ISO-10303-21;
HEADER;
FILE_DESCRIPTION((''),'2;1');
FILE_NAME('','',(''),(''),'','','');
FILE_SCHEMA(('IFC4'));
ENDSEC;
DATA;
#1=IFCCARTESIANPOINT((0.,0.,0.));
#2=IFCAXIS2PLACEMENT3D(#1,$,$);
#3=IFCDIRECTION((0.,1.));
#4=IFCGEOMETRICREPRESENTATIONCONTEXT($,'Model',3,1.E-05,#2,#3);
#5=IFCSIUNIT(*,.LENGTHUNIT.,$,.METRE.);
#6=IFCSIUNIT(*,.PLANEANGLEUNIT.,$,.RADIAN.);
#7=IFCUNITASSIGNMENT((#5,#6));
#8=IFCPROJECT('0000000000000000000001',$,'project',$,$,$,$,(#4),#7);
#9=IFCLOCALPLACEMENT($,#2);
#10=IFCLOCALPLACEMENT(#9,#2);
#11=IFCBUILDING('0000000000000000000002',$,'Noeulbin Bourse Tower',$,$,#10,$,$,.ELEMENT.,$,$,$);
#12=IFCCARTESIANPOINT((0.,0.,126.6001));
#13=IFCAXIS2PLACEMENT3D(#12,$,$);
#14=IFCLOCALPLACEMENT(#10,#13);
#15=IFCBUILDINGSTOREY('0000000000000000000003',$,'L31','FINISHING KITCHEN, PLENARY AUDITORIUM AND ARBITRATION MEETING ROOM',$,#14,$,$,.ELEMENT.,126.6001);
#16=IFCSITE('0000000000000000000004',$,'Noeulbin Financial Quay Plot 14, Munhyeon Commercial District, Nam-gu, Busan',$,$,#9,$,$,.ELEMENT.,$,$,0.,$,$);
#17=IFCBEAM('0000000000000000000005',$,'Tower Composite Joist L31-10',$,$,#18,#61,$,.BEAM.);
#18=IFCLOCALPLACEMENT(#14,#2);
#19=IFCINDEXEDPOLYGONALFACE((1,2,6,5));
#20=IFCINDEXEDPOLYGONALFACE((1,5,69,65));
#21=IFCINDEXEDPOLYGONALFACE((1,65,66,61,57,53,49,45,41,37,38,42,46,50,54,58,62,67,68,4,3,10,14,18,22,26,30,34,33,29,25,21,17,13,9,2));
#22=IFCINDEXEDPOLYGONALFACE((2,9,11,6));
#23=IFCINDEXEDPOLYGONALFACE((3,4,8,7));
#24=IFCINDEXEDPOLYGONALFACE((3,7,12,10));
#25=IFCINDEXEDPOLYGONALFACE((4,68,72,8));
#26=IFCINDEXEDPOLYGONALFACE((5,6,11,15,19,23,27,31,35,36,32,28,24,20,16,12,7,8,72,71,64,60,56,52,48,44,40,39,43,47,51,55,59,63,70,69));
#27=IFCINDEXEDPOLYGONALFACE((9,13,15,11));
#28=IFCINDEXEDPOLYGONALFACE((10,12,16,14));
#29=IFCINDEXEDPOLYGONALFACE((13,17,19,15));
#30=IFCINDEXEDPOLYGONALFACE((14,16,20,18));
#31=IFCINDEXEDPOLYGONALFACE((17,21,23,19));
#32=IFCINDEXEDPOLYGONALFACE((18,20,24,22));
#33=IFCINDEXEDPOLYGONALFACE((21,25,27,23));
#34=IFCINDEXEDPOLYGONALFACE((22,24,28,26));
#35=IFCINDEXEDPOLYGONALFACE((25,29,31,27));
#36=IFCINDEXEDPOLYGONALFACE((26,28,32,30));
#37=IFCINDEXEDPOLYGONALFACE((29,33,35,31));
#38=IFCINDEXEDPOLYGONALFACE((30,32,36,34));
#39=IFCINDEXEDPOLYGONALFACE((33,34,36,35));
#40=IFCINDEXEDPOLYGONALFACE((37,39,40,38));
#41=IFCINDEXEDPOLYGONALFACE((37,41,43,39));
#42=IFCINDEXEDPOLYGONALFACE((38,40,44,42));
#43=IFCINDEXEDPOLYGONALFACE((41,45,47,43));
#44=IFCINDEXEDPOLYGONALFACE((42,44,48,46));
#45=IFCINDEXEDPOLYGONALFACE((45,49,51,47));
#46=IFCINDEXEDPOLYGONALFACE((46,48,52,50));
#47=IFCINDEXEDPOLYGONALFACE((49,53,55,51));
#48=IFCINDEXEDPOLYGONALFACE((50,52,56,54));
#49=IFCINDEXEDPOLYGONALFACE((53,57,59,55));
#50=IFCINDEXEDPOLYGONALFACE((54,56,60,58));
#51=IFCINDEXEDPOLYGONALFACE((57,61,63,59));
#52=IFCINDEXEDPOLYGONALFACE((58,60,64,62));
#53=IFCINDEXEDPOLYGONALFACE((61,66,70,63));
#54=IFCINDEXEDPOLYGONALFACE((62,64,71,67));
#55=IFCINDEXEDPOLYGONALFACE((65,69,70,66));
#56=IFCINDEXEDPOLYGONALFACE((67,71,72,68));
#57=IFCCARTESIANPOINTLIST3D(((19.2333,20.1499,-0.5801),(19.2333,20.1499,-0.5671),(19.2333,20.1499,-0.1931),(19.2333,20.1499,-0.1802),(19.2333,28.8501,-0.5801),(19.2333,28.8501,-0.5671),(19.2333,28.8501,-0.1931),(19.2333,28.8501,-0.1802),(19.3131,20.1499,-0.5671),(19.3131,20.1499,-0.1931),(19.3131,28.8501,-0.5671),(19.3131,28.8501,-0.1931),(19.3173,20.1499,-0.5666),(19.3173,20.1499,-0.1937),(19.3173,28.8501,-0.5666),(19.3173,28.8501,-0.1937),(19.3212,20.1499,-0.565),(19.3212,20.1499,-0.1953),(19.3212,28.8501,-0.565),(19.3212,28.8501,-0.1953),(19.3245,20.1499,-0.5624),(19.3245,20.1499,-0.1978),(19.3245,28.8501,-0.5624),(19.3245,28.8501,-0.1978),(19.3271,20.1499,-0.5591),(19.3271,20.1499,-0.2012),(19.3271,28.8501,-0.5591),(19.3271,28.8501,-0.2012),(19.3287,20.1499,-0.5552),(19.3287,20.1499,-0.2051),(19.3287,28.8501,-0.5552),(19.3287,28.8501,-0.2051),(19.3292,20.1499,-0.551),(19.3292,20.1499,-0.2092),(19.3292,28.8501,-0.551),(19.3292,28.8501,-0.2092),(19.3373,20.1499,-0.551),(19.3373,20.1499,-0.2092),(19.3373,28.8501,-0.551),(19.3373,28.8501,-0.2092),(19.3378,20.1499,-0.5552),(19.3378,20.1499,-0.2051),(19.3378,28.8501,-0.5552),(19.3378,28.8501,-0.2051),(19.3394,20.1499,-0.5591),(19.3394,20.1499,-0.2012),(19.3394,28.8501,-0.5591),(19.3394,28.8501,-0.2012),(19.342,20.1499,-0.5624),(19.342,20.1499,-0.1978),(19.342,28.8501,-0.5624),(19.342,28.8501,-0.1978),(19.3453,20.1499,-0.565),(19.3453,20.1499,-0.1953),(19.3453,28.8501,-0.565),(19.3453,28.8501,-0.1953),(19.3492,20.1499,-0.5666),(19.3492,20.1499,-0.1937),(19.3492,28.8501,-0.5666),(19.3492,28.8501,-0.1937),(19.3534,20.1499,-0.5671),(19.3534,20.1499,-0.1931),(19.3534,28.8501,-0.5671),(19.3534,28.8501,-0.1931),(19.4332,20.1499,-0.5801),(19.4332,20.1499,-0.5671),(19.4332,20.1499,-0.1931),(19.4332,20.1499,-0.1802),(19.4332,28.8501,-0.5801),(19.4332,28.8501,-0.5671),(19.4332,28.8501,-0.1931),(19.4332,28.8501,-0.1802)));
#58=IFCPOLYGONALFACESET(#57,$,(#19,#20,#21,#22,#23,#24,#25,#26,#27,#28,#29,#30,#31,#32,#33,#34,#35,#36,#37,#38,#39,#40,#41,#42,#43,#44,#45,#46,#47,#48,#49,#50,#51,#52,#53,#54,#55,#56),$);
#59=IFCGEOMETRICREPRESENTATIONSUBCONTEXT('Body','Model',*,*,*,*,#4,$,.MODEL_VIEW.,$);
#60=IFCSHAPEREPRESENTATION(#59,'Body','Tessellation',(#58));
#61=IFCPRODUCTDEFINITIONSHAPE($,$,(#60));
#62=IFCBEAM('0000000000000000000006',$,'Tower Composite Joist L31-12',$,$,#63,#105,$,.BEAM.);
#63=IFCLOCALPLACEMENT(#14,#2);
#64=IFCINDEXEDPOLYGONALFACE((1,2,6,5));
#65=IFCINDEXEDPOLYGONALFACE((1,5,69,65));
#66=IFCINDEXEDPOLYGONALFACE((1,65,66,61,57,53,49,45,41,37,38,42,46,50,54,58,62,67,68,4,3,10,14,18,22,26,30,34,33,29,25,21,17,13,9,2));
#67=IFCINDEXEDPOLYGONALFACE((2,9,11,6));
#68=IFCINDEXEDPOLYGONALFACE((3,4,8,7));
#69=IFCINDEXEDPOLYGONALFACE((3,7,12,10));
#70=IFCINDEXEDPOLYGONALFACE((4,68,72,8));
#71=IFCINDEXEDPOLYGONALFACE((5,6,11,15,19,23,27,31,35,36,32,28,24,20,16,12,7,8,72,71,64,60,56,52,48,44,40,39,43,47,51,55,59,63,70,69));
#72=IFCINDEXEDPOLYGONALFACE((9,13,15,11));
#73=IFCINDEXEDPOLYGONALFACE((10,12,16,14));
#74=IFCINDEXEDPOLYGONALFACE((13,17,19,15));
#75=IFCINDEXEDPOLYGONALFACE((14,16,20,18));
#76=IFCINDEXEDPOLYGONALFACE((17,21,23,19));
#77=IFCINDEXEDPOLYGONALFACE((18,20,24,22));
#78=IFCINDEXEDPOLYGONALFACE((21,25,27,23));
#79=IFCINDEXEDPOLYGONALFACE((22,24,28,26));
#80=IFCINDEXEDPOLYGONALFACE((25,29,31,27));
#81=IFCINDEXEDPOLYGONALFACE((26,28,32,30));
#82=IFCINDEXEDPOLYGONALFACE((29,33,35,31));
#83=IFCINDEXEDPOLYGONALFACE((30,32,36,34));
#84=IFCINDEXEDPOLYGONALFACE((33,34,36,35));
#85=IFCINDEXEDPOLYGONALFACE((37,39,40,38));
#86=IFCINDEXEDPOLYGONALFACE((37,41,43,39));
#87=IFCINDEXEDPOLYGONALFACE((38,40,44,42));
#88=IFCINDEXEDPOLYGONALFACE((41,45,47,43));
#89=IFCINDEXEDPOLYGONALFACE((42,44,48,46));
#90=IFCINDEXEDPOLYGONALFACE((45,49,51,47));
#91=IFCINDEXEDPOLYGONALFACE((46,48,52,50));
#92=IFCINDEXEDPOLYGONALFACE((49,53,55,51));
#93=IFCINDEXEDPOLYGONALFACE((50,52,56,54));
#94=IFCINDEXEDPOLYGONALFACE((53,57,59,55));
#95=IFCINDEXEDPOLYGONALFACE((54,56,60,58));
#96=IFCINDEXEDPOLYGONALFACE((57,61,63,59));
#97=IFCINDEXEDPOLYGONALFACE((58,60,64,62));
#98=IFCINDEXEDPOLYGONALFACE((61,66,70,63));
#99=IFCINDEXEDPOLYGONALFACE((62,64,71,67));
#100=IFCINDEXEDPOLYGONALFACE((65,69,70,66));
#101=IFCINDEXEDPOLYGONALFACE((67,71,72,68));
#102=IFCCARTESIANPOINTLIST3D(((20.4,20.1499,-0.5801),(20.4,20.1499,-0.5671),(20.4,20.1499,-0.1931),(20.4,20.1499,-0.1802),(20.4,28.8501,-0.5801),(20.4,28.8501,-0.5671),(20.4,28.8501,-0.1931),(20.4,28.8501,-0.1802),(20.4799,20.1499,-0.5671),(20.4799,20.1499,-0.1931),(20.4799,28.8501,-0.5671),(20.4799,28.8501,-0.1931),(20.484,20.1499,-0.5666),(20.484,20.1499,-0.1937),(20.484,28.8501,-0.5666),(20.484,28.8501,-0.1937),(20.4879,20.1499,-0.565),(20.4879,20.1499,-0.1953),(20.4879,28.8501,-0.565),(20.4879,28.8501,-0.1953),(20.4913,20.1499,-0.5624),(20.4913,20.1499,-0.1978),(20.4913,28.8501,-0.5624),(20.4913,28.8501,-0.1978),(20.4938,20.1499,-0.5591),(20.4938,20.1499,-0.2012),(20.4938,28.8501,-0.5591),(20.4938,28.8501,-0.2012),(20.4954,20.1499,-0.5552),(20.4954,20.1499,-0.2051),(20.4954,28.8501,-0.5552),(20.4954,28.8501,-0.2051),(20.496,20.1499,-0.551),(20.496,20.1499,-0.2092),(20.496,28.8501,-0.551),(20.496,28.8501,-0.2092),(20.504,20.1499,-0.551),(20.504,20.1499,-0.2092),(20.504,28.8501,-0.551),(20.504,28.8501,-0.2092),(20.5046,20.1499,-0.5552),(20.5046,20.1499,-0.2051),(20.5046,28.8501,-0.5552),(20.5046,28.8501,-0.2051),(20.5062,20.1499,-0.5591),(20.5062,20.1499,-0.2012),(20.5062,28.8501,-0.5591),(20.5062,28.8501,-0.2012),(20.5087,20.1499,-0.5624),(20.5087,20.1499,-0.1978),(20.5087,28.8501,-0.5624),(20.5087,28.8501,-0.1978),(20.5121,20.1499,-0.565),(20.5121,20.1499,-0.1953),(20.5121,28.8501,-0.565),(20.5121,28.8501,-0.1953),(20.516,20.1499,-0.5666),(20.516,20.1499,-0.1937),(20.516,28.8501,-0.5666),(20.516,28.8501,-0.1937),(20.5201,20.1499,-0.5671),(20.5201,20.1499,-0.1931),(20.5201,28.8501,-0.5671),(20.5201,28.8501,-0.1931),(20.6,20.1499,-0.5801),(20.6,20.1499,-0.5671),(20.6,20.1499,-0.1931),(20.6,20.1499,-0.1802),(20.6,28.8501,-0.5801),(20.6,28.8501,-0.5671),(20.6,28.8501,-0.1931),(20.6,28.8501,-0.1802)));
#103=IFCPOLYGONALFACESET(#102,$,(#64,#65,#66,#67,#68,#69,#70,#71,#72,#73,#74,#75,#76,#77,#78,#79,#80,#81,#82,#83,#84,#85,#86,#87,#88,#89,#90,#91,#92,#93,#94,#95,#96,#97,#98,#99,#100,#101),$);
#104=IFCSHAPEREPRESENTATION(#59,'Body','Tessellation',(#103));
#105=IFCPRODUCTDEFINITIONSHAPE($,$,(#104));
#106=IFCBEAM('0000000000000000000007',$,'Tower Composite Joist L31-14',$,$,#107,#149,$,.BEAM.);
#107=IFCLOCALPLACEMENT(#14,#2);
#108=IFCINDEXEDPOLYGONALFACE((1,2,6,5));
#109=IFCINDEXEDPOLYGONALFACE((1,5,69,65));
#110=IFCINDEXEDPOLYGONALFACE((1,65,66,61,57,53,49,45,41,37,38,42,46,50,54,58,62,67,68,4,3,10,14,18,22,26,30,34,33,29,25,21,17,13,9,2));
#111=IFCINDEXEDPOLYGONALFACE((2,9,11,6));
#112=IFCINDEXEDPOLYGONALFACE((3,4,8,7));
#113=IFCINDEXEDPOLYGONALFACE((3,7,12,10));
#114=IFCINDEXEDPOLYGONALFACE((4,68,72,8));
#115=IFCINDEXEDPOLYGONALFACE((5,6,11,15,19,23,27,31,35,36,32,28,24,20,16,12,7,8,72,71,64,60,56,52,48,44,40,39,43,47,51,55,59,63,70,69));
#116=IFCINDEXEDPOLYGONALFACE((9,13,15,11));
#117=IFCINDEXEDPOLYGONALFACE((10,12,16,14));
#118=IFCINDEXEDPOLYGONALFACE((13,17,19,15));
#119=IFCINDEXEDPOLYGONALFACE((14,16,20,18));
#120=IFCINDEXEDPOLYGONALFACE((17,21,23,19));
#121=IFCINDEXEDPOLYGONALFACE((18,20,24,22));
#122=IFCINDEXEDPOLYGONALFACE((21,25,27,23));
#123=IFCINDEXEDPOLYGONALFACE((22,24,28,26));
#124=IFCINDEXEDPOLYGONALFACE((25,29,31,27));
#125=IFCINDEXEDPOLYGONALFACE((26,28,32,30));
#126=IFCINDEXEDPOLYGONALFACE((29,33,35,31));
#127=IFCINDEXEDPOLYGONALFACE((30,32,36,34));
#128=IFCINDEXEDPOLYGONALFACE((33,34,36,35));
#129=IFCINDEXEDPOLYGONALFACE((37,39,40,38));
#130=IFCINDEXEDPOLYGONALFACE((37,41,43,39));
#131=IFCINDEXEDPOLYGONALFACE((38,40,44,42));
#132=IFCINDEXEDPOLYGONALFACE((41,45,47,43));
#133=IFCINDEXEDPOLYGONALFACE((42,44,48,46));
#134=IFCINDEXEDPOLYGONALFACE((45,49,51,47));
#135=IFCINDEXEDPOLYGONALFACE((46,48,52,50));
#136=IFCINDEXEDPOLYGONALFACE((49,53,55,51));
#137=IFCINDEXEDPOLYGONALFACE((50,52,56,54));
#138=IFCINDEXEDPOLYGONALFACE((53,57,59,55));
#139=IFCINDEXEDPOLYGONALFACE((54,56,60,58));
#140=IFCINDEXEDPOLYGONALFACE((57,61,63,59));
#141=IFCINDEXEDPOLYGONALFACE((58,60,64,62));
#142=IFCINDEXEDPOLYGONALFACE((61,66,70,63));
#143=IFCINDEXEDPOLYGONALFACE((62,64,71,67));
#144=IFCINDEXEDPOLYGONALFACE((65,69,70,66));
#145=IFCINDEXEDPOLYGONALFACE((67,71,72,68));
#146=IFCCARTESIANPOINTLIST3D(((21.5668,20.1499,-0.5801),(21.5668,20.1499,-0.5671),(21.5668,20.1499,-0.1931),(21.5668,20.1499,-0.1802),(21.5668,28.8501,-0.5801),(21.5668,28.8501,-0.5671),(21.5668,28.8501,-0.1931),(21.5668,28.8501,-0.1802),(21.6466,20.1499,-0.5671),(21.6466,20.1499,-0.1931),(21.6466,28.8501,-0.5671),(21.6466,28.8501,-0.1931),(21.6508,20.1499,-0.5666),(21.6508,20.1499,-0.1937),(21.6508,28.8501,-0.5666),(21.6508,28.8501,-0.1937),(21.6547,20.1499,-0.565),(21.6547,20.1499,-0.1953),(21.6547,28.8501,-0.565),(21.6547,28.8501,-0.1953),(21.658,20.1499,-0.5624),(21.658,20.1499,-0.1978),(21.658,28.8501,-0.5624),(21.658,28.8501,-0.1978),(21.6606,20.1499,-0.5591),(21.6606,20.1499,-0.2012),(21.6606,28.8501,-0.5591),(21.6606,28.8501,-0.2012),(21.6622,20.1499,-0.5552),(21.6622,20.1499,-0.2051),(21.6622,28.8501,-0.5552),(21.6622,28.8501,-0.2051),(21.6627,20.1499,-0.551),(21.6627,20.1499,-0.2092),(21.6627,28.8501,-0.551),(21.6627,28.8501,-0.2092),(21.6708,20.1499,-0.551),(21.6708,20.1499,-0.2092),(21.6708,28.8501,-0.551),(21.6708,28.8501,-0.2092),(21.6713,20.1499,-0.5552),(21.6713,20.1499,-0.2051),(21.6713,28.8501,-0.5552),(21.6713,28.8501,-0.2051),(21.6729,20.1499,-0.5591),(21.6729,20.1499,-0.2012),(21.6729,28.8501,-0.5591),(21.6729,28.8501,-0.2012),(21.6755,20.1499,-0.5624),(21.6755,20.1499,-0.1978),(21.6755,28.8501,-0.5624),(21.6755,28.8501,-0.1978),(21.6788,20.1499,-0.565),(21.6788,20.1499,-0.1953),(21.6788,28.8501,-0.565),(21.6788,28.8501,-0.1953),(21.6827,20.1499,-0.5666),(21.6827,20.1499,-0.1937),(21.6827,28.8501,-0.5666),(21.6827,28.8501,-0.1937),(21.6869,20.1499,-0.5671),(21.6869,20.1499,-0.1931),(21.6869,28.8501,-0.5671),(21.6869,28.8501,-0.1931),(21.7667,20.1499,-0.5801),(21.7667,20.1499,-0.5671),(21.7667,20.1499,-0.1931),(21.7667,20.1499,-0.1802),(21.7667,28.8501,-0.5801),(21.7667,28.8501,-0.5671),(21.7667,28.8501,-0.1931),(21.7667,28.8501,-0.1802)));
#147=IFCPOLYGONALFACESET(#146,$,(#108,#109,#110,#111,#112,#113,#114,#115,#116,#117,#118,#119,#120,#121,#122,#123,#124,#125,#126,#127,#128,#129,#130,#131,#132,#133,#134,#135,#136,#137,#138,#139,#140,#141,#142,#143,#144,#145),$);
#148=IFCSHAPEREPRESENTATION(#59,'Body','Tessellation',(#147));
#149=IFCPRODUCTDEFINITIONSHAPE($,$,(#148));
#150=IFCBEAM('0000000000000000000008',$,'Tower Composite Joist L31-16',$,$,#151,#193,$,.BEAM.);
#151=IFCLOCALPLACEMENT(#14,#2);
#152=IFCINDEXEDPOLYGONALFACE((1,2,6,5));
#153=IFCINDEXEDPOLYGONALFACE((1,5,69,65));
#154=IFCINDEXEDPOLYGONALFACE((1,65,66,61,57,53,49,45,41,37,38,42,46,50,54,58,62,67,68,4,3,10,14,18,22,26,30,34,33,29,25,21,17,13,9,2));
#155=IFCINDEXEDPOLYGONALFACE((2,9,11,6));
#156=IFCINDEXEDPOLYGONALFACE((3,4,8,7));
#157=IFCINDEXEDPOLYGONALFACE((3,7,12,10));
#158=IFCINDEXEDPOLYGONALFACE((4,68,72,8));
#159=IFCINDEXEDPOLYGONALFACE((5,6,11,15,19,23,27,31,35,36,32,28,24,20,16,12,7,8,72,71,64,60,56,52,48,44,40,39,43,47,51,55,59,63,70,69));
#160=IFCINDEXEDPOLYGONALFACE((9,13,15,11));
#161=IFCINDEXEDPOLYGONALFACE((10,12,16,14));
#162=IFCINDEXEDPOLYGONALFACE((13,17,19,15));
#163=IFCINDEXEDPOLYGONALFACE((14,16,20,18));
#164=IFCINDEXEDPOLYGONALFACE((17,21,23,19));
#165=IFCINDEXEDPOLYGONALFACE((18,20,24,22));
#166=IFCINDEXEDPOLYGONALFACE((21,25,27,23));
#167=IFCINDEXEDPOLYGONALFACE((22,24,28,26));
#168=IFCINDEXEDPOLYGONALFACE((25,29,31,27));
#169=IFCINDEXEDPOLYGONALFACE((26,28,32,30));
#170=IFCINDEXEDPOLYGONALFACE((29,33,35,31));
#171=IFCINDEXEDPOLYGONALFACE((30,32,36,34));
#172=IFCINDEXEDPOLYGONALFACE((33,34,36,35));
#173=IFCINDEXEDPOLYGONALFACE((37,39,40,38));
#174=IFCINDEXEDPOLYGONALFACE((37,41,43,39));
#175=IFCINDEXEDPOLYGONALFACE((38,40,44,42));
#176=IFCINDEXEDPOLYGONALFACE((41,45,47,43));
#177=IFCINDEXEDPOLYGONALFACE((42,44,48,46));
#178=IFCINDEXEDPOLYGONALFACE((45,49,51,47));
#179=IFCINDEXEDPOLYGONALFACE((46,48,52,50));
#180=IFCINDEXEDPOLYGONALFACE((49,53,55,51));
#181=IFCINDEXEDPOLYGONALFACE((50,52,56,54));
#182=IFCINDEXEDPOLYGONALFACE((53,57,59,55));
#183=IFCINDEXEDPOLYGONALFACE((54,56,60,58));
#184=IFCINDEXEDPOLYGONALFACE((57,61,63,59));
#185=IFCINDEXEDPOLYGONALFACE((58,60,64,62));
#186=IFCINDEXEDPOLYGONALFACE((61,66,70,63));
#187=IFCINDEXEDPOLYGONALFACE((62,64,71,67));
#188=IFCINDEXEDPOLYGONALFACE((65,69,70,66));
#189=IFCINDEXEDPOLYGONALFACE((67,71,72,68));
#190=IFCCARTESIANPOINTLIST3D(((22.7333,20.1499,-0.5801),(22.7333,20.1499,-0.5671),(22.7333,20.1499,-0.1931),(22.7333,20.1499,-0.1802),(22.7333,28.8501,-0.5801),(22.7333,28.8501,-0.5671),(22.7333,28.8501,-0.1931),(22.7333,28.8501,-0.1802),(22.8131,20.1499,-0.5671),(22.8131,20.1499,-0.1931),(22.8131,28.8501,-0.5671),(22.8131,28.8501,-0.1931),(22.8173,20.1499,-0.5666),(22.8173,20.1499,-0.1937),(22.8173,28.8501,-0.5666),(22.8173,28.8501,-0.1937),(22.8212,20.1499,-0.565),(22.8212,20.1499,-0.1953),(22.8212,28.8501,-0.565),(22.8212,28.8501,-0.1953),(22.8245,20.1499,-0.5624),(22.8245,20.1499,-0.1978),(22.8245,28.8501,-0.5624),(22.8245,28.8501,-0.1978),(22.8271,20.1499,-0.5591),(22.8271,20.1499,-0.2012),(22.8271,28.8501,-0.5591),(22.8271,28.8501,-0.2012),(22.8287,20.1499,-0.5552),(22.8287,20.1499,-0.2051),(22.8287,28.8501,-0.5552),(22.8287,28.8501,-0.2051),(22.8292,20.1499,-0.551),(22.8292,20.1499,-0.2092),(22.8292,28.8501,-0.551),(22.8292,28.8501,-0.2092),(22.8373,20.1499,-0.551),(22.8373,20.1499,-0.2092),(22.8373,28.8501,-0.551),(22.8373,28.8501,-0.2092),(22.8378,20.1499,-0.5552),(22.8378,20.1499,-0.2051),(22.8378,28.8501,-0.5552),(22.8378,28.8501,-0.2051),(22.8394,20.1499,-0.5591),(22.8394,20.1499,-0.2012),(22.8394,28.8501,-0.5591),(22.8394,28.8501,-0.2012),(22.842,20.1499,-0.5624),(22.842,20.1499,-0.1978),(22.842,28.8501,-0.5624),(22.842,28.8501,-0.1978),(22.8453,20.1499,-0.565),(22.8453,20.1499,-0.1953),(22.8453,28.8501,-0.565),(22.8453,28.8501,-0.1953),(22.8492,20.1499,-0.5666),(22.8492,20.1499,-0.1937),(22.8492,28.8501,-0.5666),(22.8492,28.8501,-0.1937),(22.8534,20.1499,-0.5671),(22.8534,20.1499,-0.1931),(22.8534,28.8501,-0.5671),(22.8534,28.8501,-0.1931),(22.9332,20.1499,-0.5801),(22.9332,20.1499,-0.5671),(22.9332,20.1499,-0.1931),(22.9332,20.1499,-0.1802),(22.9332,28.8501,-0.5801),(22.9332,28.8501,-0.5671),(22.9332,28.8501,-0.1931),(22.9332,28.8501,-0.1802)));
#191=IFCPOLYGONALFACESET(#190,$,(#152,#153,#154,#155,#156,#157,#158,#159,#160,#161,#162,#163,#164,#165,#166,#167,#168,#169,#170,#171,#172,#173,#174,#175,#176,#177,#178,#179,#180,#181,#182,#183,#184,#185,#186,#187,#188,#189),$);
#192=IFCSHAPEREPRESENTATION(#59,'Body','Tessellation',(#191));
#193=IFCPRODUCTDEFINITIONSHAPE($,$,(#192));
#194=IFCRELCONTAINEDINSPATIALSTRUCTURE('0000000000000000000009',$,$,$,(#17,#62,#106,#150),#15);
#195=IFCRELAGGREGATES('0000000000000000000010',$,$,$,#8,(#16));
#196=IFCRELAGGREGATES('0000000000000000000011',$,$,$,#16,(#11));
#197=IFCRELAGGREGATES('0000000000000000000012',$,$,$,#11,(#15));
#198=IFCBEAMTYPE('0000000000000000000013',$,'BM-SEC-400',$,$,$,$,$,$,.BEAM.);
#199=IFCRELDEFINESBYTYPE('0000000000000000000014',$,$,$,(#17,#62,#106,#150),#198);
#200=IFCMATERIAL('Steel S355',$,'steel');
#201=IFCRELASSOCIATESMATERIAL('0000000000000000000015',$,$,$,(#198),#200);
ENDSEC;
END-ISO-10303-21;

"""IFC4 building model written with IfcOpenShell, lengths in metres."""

from ifc_helpers import new_model, si_unit, direction, frame, origin, origin_2d, place, context, subcontext, project, spatial, i_section, extrude, material, material_profile, profile_set, type_object, element, save


model = new_model("IFC4")

# Units and contexts
model_context = context("Model", 3, precision=1e-05, world=origin(), true_north=direction((0.0, 1.0)))
body_context = subcontext(model_context, "Body", "Model", "MODEL_VIEW")
ifc_project = project(units=[si_unit("LENGTHUNIT", "METRE"), si_unit("PLANEANGLEUNIT", "RADIAN")], contexts=[model_context])

# Site, building, storey
site_placement = place(None, origin())
site = spatial("IfcSite", under=ifc_project, at=site_placement, Name="Noeulbin Financial Quay Plot 14, Munhyeon Commercial District, Nam-gu, Busan", CompositionType="ELEMENT", RefElevation=0.0)
building_placement = place(site_placement, origin())
building = spatial("IfcBuilding", under=site, at=building_placement, Name="Noeulbin Bourse Tower", CompositionType="ELEMENT")
storey_placement = place(building_placement, frame((0.0, 0.0, 126.6001)))
storey = spatial("IfcBuildingStorey", under=building, at=storey_placement, Name="L31", Description="FINISHING KITCHEN, PLENARY AUDITORIUM AND ARBITRATION MEETING ROOM", CompositionType="ELEMENT", Elevation=126.6001)

# Beams
ifc_material_1 = material(Name="Steel S355", Category="steel")
ifc_material_profile_1 = material_profile(ifc_material_1, i_section(OverallWidth=0.2, OverallDepth=0.3999, WebThickness=0.0081, FlangeThickness=0.0129, FilletRadius=0.0161, at=origin_2d()), Name="H-400x200x8x13", Category="LoadBearing")
ifc_profile_set_1 = profile_set([ifc_material_profile_1], Name="Steel S355")
beam_type = type_object("IfcBeamType", Name="BM-SEC-400", PredefinedType="BEAM", material=ifc_profile_set_1)
for number, where, z_axis, x_axis, name in (
    (1, (19.3333, 20.1499, -0.3801), (0.0, 1.0, 0.0), (-1.0, 0.0, 0.0), "Tower Composite Joist L31-10"),
    (2, (20.5, 20.1499, -0.3801), (0.0, 1.0, 0.0), (-1.0, 0.0, 0.0), "Tower Composite Joist L31-12"),
    (3, (21.6667, 20.1499, -0.3801), (0.0, 1.0, 0.0), (-1.0, 0.0, 0.0), "Tower Composite Joist L31-14"),
    (4, (22.8333, 20.1499, -0.3801), (0.0, 1.0, 0.0), (-1.0, 0.0, 0.0), "Tower Composite Joist L31-16"),
):
    element("IfcBeam", number, at=place(storey_placement, frame(where, z_axis=z_axis, x_axis=x_axis)), inside=storey, type_object=beam_type, Name=name, PredefinedType="BEAM", context=body_context, shape_type="SweptSolid", body=[
        extrude(i_section(OverallWidth=0.2, OverallDepth=0.3999, WebThickness=0.0081, FlangeThickness=0.0129, FilletRadius=0.0161, at=origin_2d()), origin(), (0.0, 0.0, 1.0), 8.7002),
    ])

save(model, "model.ifc")
